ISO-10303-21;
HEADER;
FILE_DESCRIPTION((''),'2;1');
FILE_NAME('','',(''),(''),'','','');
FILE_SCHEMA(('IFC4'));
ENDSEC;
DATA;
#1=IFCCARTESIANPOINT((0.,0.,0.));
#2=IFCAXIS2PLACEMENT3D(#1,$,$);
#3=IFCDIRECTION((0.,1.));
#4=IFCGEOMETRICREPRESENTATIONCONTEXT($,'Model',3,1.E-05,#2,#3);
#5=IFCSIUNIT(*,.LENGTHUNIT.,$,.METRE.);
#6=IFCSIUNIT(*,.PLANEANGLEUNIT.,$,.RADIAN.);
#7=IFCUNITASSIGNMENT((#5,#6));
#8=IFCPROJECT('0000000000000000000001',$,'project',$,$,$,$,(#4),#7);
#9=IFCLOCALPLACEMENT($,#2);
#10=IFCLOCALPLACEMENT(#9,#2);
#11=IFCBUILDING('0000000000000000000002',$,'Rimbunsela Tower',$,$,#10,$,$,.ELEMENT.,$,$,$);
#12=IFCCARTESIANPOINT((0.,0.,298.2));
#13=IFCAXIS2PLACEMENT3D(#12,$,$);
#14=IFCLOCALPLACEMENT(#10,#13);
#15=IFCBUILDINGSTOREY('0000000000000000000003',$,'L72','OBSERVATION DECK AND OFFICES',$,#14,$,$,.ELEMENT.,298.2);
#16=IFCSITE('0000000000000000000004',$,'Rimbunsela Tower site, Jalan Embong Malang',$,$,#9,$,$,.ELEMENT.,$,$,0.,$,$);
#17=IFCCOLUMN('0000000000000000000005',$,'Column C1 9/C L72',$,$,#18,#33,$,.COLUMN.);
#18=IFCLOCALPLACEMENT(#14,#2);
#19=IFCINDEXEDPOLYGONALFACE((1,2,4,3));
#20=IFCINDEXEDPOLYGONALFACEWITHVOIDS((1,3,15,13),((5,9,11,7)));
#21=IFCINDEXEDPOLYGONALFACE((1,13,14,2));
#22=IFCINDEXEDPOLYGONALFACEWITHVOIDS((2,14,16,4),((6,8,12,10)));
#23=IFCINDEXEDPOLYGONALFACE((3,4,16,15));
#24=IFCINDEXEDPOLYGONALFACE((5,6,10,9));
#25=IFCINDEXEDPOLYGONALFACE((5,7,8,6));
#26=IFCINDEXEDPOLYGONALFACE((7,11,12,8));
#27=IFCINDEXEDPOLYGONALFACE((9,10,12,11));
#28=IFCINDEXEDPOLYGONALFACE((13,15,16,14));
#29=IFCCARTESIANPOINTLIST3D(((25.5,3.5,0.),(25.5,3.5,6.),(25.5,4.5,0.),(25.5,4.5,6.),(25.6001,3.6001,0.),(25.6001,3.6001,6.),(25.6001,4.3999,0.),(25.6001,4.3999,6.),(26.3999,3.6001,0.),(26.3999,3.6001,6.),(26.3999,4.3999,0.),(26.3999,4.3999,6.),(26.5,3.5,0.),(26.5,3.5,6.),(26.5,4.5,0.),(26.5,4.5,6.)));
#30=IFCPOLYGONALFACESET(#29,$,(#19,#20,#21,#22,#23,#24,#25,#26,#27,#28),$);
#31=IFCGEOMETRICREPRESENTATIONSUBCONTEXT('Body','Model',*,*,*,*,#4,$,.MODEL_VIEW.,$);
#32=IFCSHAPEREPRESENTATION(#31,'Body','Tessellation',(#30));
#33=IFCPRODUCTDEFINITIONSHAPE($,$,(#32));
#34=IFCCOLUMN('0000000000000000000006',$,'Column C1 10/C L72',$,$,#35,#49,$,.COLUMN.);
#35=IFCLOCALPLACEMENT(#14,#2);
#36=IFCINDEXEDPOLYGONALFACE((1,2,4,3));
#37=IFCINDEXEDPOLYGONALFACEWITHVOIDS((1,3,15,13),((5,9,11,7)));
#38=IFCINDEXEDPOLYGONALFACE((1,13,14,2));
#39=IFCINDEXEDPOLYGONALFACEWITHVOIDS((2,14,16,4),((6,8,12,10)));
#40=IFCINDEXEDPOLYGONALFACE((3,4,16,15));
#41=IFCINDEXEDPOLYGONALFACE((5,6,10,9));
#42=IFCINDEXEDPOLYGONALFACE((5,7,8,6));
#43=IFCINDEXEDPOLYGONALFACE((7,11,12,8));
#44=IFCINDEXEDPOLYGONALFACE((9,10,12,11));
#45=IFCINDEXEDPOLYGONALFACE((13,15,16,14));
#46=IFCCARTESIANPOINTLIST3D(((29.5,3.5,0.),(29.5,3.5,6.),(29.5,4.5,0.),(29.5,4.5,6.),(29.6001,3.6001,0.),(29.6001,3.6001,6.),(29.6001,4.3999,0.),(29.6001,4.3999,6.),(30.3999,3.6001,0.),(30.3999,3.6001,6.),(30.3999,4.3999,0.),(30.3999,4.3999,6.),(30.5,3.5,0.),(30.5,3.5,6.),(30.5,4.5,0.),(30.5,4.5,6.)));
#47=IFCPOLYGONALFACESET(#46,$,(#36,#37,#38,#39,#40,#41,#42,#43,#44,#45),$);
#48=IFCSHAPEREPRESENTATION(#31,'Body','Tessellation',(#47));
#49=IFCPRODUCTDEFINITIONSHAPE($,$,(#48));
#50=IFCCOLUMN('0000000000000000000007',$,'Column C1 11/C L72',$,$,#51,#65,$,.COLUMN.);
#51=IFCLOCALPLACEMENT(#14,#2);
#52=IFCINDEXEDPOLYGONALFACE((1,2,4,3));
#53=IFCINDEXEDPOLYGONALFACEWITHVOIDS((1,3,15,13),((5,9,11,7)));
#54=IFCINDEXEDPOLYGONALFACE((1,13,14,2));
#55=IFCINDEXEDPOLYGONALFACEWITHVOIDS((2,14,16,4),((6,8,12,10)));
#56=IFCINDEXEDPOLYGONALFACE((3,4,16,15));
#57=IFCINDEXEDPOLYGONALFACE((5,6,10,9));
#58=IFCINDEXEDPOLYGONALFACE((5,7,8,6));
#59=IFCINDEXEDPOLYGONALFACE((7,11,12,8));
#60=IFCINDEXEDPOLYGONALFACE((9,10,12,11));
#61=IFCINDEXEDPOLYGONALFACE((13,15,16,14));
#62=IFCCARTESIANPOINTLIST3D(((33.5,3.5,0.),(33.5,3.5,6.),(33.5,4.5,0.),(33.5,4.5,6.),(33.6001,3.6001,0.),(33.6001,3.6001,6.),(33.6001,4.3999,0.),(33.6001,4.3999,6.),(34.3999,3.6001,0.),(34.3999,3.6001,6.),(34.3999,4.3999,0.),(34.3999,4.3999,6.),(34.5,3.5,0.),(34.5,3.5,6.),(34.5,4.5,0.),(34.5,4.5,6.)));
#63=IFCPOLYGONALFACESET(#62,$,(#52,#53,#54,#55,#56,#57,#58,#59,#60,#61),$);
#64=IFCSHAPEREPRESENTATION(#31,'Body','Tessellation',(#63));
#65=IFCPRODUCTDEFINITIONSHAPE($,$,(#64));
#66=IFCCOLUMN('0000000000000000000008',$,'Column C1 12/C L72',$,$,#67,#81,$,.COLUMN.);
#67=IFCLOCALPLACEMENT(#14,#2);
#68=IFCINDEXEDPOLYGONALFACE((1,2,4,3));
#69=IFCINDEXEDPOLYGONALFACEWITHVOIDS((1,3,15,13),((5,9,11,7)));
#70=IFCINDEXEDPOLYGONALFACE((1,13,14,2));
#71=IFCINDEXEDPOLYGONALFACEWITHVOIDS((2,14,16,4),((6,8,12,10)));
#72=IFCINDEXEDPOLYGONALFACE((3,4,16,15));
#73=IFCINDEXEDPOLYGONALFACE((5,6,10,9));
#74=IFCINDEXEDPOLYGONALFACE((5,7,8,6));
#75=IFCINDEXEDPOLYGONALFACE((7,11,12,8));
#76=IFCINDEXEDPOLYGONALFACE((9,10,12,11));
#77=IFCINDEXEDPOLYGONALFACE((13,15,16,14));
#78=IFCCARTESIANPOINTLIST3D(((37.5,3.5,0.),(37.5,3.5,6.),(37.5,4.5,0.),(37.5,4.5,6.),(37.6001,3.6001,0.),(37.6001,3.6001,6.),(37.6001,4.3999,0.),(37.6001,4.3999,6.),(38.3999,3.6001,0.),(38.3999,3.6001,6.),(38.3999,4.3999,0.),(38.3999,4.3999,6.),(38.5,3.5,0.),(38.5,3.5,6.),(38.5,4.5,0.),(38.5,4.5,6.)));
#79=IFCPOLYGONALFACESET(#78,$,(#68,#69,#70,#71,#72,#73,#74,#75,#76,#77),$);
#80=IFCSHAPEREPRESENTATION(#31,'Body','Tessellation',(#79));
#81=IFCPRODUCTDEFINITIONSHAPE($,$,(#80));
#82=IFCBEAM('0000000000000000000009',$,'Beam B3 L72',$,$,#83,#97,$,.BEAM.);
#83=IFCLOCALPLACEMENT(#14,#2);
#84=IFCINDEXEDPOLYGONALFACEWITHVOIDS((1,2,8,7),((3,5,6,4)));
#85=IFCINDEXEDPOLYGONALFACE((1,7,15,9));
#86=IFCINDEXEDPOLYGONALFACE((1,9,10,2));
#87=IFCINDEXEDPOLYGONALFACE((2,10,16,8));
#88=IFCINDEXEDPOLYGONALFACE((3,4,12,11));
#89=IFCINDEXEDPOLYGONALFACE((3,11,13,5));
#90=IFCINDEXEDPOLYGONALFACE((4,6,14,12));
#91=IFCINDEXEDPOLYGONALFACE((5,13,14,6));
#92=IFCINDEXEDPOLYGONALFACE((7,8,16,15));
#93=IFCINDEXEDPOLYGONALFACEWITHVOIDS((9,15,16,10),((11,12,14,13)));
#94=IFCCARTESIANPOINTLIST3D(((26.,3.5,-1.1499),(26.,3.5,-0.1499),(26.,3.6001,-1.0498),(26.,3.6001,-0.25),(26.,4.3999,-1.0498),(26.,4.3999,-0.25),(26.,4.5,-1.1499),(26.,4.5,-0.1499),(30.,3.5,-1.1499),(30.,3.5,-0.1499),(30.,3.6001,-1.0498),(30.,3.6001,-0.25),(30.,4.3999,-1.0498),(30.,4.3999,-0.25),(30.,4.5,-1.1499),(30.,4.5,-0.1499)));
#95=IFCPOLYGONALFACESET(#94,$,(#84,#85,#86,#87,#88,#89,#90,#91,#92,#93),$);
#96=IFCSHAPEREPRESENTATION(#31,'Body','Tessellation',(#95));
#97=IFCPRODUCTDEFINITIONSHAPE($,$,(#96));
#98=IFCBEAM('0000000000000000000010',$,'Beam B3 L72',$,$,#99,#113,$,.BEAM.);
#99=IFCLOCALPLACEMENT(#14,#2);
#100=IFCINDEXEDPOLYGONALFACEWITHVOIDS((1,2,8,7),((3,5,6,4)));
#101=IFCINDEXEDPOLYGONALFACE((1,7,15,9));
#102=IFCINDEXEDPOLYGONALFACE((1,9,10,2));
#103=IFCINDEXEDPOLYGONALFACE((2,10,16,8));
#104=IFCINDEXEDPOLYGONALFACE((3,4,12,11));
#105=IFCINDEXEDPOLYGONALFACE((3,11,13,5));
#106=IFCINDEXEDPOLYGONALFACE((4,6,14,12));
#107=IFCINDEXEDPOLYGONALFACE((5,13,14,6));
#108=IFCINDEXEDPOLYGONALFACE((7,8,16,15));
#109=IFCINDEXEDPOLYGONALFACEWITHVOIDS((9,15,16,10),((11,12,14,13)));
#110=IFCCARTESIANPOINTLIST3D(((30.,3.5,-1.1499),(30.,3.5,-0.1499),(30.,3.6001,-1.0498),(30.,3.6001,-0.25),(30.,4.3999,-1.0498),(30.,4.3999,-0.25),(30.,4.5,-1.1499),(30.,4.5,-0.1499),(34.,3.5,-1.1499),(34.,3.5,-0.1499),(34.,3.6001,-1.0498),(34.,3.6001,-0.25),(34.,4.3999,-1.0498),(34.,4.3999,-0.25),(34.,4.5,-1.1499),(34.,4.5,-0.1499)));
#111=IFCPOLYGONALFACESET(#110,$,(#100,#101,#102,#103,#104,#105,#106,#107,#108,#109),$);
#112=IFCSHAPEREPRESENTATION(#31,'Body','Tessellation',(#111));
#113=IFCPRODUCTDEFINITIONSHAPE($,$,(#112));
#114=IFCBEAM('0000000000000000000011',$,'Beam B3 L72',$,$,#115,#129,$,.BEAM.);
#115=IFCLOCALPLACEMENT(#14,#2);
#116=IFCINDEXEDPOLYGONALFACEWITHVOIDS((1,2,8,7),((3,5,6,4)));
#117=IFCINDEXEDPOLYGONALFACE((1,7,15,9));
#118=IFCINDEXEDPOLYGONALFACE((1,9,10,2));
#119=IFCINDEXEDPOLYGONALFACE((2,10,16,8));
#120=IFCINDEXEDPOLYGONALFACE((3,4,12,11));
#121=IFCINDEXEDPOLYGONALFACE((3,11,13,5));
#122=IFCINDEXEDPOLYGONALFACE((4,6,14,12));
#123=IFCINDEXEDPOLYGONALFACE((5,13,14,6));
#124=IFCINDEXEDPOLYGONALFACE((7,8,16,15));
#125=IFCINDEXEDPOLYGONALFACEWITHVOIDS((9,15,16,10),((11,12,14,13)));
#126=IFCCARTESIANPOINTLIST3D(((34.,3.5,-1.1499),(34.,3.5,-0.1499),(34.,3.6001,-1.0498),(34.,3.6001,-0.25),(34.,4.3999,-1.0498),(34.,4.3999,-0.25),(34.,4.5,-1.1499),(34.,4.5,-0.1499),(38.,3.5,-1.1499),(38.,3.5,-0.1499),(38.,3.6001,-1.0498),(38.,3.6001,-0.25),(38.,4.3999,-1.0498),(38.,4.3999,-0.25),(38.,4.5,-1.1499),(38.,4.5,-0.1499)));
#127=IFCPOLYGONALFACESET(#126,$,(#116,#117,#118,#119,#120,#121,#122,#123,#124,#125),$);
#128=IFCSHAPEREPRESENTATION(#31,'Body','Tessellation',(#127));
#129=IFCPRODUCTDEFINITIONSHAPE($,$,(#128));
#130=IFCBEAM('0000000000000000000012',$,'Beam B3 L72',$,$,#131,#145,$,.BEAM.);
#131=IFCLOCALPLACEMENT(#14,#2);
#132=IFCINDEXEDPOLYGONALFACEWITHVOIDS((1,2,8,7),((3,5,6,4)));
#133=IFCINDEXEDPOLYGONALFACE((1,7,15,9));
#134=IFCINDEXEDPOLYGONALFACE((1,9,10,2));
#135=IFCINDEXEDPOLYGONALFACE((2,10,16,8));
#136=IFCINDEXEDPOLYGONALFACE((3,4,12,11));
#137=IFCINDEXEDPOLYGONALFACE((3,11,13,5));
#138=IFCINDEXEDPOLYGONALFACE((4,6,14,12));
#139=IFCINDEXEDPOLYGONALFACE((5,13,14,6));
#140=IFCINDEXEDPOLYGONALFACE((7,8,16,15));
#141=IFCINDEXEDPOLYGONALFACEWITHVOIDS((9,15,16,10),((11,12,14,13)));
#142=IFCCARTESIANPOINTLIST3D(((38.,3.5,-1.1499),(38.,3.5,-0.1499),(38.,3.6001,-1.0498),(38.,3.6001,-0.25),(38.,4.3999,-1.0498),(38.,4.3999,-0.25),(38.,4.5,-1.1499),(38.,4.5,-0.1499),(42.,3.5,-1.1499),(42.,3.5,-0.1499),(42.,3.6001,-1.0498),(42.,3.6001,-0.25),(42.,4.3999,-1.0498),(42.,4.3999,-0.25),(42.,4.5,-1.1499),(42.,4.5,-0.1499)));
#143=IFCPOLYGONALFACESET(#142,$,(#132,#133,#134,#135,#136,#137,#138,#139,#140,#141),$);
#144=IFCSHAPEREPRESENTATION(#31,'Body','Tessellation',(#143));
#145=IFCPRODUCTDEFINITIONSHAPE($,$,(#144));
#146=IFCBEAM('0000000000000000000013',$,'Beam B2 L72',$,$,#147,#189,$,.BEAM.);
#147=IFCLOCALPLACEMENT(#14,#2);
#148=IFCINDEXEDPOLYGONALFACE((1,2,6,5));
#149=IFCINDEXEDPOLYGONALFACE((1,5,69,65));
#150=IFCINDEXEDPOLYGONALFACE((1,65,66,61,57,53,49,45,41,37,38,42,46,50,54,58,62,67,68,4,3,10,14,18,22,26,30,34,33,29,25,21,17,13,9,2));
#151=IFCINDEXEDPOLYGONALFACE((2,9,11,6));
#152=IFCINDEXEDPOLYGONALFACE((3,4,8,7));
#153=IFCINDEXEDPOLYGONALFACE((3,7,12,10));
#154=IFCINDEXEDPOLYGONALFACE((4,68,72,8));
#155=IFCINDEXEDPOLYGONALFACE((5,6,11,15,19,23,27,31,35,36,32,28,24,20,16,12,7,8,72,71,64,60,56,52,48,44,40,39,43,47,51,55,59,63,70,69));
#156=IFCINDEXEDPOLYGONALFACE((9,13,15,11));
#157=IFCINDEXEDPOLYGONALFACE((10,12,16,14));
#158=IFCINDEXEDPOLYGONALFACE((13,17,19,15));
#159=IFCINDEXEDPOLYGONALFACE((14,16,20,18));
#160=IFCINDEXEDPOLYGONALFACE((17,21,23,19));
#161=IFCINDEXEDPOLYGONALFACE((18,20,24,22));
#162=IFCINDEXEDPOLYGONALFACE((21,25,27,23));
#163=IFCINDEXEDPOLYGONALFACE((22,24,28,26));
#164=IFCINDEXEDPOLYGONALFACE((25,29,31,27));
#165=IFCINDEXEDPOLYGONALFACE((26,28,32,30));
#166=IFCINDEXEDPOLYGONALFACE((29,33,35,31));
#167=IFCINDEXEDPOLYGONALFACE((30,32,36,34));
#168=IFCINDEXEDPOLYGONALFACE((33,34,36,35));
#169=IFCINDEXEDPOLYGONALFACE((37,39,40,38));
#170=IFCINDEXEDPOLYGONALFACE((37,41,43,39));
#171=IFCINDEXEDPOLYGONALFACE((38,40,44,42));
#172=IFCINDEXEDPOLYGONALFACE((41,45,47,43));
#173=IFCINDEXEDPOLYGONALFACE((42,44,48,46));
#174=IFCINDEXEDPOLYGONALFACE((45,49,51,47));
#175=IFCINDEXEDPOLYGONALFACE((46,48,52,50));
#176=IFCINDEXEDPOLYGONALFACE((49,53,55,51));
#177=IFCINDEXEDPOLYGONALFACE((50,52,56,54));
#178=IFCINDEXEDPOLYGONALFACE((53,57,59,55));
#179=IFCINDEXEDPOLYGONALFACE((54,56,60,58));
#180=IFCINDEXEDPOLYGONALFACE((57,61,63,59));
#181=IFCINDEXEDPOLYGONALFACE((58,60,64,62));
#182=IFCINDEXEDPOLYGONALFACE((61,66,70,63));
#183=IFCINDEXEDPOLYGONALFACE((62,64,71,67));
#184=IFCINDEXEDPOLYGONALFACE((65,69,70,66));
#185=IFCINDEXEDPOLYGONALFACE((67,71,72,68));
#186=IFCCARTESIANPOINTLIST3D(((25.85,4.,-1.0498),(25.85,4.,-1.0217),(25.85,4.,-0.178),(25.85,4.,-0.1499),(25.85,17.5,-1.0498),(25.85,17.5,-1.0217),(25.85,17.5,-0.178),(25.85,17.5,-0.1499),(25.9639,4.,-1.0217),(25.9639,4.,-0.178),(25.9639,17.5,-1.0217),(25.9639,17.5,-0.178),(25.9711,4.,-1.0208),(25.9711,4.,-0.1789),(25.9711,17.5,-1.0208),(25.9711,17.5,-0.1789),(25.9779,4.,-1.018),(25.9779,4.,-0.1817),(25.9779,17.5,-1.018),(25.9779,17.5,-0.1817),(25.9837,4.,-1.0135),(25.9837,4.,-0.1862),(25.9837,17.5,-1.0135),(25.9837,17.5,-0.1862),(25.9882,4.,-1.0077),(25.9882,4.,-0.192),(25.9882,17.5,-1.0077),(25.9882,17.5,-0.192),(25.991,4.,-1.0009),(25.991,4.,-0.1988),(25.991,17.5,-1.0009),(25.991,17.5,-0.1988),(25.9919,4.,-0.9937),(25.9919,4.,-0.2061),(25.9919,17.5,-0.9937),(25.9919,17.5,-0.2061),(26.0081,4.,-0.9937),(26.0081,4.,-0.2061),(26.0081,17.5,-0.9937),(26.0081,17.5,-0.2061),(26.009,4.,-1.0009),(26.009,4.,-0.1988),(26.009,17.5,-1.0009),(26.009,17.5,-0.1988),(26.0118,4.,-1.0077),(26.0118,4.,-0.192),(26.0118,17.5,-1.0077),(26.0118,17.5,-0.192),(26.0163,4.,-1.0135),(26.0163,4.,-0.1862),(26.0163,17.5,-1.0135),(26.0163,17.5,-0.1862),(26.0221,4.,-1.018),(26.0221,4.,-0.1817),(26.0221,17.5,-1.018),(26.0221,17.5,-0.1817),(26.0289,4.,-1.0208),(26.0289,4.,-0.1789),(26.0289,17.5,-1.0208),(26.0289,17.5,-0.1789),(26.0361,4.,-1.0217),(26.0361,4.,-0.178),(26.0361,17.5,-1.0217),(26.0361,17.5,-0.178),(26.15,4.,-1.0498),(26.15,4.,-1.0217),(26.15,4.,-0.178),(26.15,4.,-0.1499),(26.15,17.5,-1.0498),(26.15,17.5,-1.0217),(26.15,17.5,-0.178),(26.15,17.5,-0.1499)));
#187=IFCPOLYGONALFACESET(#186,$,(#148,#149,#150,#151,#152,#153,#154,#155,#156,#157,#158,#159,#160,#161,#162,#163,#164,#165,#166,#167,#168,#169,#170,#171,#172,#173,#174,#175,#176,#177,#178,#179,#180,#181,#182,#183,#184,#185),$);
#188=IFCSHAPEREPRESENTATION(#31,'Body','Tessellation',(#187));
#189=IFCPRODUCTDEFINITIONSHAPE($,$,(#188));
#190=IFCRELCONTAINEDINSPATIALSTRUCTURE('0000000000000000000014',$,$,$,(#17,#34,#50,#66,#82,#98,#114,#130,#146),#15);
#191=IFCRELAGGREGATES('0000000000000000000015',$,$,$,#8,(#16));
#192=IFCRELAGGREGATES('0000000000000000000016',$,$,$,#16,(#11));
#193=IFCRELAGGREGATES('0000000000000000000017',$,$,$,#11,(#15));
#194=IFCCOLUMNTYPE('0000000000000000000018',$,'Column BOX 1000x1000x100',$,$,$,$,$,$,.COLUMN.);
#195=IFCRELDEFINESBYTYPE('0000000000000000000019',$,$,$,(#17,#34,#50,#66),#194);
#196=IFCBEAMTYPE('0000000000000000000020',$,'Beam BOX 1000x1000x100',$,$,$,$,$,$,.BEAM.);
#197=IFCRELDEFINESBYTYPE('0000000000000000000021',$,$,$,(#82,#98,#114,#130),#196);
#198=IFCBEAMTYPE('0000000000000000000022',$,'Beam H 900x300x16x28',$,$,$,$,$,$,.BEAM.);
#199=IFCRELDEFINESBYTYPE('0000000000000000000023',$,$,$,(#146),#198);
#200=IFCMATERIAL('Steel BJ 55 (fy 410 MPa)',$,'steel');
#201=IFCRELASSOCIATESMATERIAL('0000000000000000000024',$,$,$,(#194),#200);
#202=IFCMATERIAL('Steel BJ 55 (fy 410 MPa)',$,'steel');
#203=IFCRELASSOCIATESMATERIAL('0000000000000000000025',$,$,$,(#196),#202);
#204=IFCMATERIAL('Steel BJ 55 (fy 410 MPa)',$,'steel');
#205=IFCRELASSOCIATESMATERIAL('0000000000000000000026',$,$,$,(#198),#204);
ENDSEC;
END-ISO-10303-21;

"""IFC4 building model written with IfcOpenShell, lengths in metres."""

from ifc_helpers import new_model, si_unit, direction, frame, origin, origin_2d, place, context, subcontext, project, spatial, hollow_rectangle, i_section, extrude, material, material_profile, profile_set, type_object, element, save


model = new_model("IFC4")

# Units and contexts
model_context = context("Model", 3, precision=1e-05, world=origin(), true_north=direction((0.0, 1.0)))
body_context = subcontext(model_context, "Body", "Model", "MODEL_VIEW")
ifc_project = project(units=[si_unit("LENGTHUNIT", "METRE"), si_unit("PLANEANGLEUNIT", "RADIAN")], contexts=[model_context])

# Site, building, storey
site_placement = place(None, origin())
site = spatial("IfcSite", under=ifc_project, at=site_placement, Name="Rimbunsela Tower site, Jalan Embong Malang", CompositionType="ELEMENT", RefElevation=0.0)
building_placement = place(site_placement, origin())
building = spatial("IfcBuilding", under=site, at=building_placement, Name="Rimbunsela Tower", CompositionType="ELEMENT")
storey_placement = place(building_placement, frame((0.0, 0.0, 298.2)))
storey = spatial("IfcBuildingStorey", under=building, at=storey_placement, Name="L72", Description="OBSERVATION DECK AND OFFICES", CompositionType="ELEMENT", Elevation=298.2)

# Columns
ifc_material_1 = material(Name="Steel BJ 55 (fy 410 MPa)", Category="steel")
ifc_material_profile_1 = material_profile(ifc_material_1, hollow_rectangle(XDim=1.0, YDim=1.0, WallThickness=0.1001, at=origin_2d()), Name="BOX 1000x1000x100")
ifc_profile_set_1 = profile_set([ifc_material_profile_1], Name="Steel BJ 55 (fy 410 MPa)")
column_type = type_object("IfcColumnType", Name="Column BOX 1000x1000x100", PredefinedType="COLUMN", material=ifc_profile_set_1)
for number, where, z_axis, x_axis, name in (
    (1, (26.0, 4.0, 0.0), (0.0, 0.0, 1.0), (1.0, 0.0, 0.0), "Column C1 9/C L72"),
    (2, (30.0, 4.0, 0.0), (0.0, 0.0, 1.0), (1.0, 0.0, 0.0), "Column C1 10/C L72"),
    (3, (34.0, 4.0, 0.0), (0.0, 0.0, 1.0), (1.0, 0.0, 0.0), "Column C1 11/C L72"),
    (4, (38.0, 4.0, 0.0), (0.0, 0.0, 1.0), (1.0, 0.0, 0.0), "Column C1 12/C L72"),
):
    element("IfcColumn", number, at=place(storey_placement, frame(where, z_axis=z_axis, x_axis=x_axis)), inside=storey, type_object=column_type, Name=name, PredefinedType="COLUMN", context=body_context, shape_type="SweptSolid", body=[
        extrude(hollow_rectangle(XDim=1.0, YDim=1.0, WallThickness=0.1001, at=origin_2d()), origin(), (0.0, 0.0, 1.0), 6.0),
    ])

# Beams
ifc_material_2 = material(Name="Steel BJ 55 (fy 410 MPa)", Category="steel")
ifc_material_profile_2 = material_profile(ifc_material_2, hollow_rectangle(XDim=1.0, YDim=1.0, WallThickness=0.1001, at=origin_2d()), Name="BOX 1000x1000x100")
ifc_profile_set_2 = profile_set([ifc_material_profile_2], Name="Steel BJ 55 (fy 410 MPa)")
beam_type_1 = type_object("IfcBeamType", Name="Beam BOX 1000x1000x100", PredefinedType="BEAM", material=ifc_profile_set_2)
for number, where, z_axis, x_axis, name in (
    (5, (26.0, 4.0, -0.6499), (1.0, 0.0, 0.0), (0.0, 1.0, 0.0), "Beam B3 L72"),
    (6, (30.0, 4.0, -0.6499), (1.0, 0.0, 0.0), (0.0, 1.0, 0.0), "Beam B3 L72"),
    (7, (34.0, 4.0, -0.6499), (1.0, 0.0, 0.0), (0.0, 1.0, 0.0), "Beam B3 L72"),
    (8, (38.0, 4.0, -0.6499), (1.0, 0.0, 0.0), (0.0, 1.0, 0.0), "Beam B3 L72"),
):
    element("IfcBeam", number, at=place(storey_placement, frame(where, z_axis=z_axis, x_axis=x_axis)), inside=storey, type_object=beam_type_1, Name=name, PredefinedType="BEAM", context=body_context, shape_type="SweptSolid", body=[
        extrude(hollow_rectangle(XDim=1.0, YDim=1.0, WallThickness=0.1001, at=origin_2d()), origin(), (0.0, 0.0, 1.0), 4.0),
    ])
ifc_material_3 = material(Name="Steel BJ 55 (fy 410 MPa)", Category="steel")
ifc_material_profile_3 = material_profile(ifc_material_3, i_section(OverallWidth=0.3, OverallDepth=0.8999, WebThickness=0.0161, FlangeThickness=0.0281, FilletRadius=0.0281, at=origin_2d()), Name="H 900x300x16x28")
ifc_profile_set_3 = profile_set([ifc_material_profile_3], Name="Steel BJ 55 (fy 410 MPa)")
beam_type_2 = type_object("IfcBeamType", Name="Beam H 900x300x16x28", PredefinedType="BEAM", material=ifc_profile_set_3)
for number, where, z_axis, x_axis, name in (
    (9, (26.0, 4.0, -0.5999), (0.0, 1.0, 0.0), (-1.0, 0.0, 0.0), "Beam B2 L72"),
):
    element("IfcBeam", number, at=place(storey_placement, frame(where, z_axis=z_axis, x_axis=x_axis)), inside=storey, type_object=beam_type_2, Name=name, PredefinedType="BEAM", context=body_context, shape_type="SweptSolid", body=[
        extrude(i_section(OverallWidth=0.3, OverallDepth=0.8999, WebThickness=0.0161, FlangeThickness=0.0281, FilletRadius=0.0281, at=origin_2d()), origin(), (0.0, 0.0, 1.0), 13.5),
    ])

save(model, "model.ifc")
